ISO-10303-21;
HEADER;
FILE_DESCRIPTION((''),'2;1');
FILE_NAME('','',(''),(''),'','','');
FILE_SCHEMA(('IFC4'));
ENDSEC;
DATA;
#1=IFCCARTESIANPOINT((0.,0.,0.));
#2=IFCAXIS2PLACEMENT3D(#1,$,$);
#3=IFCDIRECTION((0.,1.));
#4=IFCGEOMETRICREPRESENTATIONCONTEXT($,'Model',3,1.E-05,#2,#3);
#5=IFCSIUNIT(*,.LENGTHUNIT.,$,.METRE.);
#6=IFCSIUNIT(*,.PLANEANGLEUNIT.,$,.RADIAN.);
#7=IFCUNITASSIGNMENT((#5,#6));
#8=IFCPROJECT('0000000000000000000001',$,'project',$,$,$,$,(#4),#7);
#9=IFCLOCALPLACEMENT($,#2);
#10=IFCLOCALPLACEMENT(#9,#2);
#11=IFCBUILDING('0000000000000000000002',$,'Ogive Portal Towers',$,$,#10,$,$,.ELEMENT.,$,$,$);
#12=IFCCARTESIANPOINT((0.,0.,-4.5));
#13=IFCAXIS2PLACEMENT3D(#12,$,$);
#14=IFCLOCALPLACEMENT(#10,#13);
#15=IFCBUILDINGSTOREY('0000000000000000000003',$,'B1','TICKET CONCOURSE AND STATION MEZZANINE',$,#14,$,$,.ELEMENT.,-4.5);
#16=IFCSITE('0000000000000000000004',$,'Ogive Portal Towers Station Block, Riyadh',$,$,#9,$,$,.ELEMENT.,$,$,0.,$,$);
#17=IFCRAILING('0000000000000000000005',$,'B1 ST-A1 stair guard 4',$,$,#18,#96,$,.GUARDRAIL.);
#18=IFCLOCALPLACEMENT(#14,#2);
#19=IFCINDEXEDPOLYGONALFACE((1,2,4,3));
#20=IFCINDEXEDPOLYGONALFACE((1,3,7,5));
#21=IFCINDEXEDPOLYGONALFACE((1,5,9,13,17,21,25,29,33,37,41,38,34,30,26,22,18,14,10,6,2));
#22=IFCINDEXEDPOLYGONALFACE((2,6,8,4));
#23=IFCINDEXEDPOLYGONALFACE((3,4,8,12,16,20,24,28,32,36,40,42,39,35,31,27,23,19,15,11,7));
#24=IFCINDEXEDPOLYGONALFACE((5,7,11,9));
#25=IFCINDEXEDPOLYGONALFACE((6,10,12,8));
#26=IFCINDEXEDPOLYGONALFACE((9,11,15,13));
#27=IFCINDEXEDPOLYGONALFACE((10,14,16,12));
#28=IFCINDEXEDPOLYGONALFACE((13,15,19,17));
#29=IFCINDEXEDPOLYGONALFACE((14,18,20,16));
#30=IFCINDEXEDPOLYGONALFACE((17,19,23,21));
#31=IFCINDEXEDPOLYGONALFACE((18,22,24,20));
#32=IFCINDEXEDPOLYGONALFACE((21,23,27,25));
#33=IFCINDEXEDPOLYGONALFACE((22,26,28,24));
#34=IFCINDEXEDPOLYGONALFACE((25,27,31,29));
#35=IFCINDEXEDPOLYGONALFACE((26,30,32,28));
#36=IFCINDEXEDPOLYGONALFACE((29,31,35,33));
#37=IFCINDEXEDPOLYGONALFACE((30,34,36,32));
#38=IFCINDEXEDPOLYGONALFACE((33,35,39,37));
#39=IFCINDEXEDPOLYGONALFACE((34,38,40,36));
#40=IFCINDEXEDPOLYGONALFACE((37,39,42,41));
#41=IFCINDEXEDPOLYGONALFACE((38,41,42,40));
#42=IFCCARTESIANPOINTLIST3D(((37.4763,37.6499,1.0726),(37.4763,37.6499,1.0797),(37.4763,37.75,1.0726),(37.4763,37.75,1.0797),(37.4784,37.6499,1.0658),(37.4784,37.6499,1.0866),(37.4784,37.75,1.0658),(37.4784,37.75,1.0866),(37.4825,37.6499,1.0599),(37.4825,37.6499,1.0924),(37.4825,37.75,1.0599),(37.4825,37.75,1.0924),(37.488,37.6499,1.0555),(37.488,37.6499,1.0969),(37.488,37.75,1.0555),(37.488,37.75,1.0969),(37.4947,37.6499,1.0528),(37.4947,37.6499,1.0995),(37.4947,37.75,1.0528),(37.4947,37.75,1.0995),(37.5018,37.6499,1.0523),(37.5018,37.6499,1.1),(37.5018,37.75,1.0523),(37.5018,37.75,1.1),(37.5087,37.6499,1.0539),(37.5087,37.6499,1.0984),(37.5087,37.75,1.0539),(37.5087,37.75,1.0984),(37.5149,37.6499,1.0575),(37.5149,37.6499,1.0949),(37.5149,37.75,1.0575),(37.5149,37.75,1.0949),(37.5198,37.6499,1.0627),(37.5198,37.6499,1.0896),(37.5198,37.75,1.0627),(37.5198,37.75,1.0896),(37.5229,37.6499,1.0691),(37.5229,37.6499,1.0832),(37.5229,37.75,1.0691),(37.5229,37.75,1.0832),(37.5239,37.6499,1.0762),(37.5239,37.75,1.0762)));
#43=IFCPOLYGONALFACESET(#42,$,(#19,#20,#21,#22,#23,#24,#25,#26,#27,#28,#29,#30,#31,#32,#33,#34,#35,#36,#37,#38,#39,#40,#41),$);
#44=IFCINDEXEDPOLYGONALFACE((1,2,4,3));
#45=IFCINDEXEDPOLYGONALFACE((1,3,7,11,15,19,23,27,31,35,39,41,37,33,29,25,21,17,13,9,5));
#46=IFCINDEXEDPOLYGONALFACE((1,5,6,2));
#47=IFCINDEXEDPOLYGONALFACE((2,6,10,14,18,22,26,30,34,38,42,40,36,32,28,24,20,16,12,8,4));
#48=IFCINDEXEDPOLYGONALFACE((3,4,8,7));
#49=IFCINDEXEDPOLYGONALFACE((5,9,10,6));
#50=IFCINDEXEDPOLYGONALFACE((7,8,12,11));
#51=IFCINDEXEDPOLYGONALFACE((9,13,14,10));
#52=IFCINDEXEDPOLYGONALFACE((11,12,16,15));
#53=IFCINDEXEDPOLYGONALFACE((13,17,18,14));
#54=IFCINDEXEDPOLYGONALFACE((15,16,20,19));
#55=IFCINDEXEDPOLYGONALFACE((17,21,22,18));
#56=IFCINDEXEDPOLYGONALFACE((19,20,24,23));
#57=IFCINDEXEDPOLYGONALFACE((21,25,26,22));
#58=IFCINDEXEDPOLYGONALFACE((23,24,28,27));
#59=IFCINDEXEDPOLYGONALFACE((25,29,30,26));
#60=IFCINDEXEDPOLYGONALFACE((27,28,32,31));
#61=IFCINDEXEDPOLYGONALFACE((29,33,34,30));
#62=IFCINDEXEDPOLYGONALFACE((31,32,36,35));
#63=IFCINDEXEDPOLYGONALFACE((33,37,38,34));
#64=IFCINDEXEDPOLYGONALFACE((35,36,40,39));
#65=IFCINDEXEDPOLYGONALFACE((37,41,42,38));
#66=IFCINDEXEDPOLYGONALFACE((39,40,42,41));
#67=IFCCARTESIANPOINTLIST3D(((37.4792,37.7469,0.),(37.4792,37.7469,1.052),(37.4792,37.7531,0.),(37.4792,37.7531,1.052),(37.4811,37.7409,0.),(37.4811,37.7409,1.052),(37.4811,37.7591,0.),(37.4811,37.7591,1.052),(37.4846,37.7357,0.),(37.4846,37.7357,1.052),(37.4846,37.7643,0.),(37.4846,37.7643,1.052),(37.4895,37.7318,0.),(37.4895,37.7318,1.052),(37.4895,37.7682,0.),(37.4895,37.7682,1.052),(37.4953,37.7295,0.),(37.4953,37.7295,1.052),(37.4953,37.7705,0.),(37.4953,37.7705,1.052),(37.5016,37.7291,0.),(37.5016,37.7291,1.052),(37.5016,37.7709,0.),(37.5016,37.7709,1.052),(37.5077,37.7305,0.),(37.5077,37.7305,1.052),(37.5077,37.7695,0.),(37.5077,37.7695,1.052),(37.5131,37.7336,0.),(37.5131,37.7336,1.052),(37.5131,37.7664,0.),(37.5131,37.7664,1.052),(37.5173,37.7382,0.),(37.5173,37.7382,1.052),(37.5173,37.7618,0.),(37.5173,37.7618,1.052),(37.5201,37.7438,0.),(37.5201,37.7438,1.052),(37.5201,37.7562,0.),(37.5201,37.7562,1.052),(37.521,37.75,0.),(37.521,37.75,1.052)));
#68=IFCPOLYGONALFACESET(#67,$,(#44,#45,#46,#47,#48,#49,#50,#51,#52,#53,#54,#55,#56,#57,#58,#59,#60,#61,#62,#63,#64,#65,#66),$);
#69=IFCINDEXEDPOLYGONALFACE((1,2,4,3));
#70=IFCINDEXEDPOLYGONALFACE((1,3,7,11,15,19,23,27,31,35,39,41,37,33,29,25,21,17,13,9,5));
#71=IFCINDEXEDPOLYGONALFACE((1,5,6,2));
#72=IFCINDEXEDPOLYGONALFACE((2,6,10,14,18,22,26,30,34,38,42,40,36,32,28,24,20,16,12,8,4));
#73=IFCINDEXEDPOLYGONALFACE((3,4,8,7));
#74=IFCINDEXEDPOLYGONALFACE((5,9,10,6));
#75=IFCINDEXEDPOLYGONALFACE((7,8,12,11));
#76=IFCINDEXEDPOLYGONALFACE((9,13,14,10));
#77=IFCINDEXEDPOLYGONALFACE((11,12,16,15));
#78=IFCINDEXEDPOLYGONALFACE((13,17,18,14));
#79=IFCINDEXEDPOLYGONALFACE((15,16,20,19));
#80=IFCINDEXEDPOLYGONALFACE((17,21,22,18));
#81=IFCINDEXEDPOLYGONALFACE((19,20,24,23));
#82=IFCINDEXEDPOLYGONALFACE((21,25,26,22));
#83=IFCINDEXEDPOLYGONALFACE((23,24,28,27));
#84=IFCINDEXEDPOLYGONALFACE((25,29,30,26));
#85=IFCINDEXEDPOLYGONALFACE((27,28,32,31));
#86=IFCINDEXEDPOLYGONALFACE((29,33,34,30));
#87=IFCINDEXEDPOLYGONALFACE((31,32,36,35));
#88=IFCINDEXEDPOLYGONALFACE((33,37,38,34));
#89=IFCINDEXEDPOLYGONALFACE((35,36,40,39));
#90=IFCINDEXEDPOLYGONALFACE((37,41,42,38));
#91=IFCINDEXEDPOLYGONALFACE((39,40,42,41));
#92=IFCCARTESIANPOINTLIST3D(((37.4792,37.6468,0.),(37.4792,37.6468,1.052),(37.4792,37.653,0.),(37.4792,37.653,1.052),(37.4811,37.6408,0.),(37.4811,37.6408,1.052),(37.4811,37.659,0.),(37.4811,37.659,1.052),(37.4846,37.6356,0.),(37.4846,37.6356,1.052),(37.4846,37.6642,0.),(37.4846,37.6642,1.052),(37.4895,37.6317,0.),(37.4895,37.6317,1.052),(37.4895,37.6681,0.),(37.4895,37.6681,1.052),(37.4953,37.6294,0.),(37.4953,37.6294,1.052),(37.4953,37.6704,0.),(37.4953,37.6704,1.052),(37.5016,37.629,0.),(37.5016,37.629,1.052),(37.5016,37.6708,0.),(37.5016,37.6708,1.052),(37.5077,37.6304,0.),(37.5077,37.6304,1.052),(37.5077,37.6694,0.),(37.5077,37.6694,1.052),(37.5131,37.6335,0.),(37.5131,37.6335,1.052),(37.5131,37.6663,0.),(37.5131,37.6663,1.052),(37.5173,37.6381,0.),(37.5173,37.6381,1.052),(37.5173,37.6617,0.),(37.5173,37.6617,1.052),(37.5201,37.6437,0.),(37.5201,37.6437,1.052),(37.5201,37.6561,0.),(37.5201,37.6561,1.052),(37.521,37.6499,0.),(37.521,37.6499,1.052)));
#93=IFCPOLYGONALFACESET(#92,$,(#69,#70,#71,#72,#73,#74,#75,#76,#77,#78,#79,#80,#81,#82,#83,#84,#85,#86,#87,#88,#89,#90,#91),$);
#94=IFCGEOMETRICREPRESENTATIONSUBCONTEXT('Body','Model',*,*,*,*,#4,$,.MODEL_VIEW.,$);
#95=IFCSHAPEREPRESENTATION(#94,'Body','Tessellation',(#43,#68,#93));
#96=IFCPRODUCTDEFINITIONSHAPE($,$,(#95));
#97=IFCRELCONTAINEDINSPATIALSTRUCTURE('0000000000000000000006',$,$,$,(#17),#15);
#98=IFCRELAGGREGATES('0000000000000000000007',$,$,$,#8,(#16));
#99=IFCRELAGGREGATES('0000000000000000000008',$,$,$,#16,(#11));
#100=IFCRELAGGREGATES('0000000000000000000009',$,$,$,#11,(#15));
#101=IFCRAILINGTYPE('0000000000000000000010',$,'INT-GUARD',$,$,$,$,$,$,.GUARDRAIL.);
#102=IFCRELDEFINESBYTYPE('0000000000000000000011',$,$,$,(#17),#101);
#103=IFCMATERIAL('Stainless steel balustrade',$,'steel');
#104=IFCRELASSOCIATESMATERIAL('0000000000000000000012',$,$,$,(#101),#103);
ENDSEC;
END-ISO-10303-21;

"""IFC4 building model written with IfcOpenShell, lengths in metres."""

from ifc_helpers import new_model, si_unit, direction, frame, origin, origin_2d, place, context, subcontext, project, spatial, circle, extrude, material, type_object, element, save


model = new_model("IFC4")

# Units and contexts
model_context = context("Model", 3, precision=1e-05, world=origin(), true_north=direction((0.0, 1.0)))
body_context = subcontext(model_context, "Body", "Model", "MODEL_VIEW")
ifc_project = project(units=[si_unit("LENGTHUNIT", "METRE"), si_unit("PLANEANGLEUNIT", "RADIAN")], contexts=[model_context])

# Site, building, storey
site_placement = place(None, origin())
site = spatial("IfcSite", under=ifc_project, at=site_placement, Name="Ogive Portal Towers Station Block, Riyadh", CompositionType="ELEMENT", RefElevation=0.0)
building_placement = place(site_placement, origin())
building = spatial("IfcBuilding", under=site, at=building_placement, Name="Ogive Portal Towers", CompositionType="ELEMENT")
storey_placement = place(building_placement, frame((0.0, 0.0, -4.5)))
storey = spatial("IfcBuildingStorey", under=building, at=storey_placement, Name="B1", Description="TICKET CONCOURSE AND STATION MEZZANINE", CompositionType="ELEMENT", Elevation=-4.5)

# Railing
ifc_material_1 = material(Name="Stainless steel balustrade", Category="steel")
railing_type_1 = type_object("IfcRailingType", Name="INT-GUARD", PredefinedType="GUARDRAIL", material=ifc_material_1)
railing_1_placement = place(storey_placement, frame((37.5, 37.75, 0.0)))
element("IfcRailing", 1, at=railing_1_placement, inside=storey, type_object=railing_type_1, Name="B1 ST-A1 stair guard 4", PredefinedType="GUARDRAIL", context=body_context, shape_type="SweptSolid", body=[
    extrude(circle(Radius=0.0239, at=origin_2d()), frame((0.0, 0.0, 1.0762), z_axis=(0.0, -1.0, 0.0), x_axis=(1.0, 0.0, 0.0)), (0.0, 0.0, 1.0), 0.1001),
    extrude(circle(Radius=0.021, at=origin_2d()), origin(), (0.0, 0.0, 1.0), 1.052),
    extrude(circle(Radius=0.021, at=origin_2d()), frame((0.0, -0.1001, 0.0)), (0.0, 0.0, 1.0), 1.052),
])

save(model, "model.ifc")
